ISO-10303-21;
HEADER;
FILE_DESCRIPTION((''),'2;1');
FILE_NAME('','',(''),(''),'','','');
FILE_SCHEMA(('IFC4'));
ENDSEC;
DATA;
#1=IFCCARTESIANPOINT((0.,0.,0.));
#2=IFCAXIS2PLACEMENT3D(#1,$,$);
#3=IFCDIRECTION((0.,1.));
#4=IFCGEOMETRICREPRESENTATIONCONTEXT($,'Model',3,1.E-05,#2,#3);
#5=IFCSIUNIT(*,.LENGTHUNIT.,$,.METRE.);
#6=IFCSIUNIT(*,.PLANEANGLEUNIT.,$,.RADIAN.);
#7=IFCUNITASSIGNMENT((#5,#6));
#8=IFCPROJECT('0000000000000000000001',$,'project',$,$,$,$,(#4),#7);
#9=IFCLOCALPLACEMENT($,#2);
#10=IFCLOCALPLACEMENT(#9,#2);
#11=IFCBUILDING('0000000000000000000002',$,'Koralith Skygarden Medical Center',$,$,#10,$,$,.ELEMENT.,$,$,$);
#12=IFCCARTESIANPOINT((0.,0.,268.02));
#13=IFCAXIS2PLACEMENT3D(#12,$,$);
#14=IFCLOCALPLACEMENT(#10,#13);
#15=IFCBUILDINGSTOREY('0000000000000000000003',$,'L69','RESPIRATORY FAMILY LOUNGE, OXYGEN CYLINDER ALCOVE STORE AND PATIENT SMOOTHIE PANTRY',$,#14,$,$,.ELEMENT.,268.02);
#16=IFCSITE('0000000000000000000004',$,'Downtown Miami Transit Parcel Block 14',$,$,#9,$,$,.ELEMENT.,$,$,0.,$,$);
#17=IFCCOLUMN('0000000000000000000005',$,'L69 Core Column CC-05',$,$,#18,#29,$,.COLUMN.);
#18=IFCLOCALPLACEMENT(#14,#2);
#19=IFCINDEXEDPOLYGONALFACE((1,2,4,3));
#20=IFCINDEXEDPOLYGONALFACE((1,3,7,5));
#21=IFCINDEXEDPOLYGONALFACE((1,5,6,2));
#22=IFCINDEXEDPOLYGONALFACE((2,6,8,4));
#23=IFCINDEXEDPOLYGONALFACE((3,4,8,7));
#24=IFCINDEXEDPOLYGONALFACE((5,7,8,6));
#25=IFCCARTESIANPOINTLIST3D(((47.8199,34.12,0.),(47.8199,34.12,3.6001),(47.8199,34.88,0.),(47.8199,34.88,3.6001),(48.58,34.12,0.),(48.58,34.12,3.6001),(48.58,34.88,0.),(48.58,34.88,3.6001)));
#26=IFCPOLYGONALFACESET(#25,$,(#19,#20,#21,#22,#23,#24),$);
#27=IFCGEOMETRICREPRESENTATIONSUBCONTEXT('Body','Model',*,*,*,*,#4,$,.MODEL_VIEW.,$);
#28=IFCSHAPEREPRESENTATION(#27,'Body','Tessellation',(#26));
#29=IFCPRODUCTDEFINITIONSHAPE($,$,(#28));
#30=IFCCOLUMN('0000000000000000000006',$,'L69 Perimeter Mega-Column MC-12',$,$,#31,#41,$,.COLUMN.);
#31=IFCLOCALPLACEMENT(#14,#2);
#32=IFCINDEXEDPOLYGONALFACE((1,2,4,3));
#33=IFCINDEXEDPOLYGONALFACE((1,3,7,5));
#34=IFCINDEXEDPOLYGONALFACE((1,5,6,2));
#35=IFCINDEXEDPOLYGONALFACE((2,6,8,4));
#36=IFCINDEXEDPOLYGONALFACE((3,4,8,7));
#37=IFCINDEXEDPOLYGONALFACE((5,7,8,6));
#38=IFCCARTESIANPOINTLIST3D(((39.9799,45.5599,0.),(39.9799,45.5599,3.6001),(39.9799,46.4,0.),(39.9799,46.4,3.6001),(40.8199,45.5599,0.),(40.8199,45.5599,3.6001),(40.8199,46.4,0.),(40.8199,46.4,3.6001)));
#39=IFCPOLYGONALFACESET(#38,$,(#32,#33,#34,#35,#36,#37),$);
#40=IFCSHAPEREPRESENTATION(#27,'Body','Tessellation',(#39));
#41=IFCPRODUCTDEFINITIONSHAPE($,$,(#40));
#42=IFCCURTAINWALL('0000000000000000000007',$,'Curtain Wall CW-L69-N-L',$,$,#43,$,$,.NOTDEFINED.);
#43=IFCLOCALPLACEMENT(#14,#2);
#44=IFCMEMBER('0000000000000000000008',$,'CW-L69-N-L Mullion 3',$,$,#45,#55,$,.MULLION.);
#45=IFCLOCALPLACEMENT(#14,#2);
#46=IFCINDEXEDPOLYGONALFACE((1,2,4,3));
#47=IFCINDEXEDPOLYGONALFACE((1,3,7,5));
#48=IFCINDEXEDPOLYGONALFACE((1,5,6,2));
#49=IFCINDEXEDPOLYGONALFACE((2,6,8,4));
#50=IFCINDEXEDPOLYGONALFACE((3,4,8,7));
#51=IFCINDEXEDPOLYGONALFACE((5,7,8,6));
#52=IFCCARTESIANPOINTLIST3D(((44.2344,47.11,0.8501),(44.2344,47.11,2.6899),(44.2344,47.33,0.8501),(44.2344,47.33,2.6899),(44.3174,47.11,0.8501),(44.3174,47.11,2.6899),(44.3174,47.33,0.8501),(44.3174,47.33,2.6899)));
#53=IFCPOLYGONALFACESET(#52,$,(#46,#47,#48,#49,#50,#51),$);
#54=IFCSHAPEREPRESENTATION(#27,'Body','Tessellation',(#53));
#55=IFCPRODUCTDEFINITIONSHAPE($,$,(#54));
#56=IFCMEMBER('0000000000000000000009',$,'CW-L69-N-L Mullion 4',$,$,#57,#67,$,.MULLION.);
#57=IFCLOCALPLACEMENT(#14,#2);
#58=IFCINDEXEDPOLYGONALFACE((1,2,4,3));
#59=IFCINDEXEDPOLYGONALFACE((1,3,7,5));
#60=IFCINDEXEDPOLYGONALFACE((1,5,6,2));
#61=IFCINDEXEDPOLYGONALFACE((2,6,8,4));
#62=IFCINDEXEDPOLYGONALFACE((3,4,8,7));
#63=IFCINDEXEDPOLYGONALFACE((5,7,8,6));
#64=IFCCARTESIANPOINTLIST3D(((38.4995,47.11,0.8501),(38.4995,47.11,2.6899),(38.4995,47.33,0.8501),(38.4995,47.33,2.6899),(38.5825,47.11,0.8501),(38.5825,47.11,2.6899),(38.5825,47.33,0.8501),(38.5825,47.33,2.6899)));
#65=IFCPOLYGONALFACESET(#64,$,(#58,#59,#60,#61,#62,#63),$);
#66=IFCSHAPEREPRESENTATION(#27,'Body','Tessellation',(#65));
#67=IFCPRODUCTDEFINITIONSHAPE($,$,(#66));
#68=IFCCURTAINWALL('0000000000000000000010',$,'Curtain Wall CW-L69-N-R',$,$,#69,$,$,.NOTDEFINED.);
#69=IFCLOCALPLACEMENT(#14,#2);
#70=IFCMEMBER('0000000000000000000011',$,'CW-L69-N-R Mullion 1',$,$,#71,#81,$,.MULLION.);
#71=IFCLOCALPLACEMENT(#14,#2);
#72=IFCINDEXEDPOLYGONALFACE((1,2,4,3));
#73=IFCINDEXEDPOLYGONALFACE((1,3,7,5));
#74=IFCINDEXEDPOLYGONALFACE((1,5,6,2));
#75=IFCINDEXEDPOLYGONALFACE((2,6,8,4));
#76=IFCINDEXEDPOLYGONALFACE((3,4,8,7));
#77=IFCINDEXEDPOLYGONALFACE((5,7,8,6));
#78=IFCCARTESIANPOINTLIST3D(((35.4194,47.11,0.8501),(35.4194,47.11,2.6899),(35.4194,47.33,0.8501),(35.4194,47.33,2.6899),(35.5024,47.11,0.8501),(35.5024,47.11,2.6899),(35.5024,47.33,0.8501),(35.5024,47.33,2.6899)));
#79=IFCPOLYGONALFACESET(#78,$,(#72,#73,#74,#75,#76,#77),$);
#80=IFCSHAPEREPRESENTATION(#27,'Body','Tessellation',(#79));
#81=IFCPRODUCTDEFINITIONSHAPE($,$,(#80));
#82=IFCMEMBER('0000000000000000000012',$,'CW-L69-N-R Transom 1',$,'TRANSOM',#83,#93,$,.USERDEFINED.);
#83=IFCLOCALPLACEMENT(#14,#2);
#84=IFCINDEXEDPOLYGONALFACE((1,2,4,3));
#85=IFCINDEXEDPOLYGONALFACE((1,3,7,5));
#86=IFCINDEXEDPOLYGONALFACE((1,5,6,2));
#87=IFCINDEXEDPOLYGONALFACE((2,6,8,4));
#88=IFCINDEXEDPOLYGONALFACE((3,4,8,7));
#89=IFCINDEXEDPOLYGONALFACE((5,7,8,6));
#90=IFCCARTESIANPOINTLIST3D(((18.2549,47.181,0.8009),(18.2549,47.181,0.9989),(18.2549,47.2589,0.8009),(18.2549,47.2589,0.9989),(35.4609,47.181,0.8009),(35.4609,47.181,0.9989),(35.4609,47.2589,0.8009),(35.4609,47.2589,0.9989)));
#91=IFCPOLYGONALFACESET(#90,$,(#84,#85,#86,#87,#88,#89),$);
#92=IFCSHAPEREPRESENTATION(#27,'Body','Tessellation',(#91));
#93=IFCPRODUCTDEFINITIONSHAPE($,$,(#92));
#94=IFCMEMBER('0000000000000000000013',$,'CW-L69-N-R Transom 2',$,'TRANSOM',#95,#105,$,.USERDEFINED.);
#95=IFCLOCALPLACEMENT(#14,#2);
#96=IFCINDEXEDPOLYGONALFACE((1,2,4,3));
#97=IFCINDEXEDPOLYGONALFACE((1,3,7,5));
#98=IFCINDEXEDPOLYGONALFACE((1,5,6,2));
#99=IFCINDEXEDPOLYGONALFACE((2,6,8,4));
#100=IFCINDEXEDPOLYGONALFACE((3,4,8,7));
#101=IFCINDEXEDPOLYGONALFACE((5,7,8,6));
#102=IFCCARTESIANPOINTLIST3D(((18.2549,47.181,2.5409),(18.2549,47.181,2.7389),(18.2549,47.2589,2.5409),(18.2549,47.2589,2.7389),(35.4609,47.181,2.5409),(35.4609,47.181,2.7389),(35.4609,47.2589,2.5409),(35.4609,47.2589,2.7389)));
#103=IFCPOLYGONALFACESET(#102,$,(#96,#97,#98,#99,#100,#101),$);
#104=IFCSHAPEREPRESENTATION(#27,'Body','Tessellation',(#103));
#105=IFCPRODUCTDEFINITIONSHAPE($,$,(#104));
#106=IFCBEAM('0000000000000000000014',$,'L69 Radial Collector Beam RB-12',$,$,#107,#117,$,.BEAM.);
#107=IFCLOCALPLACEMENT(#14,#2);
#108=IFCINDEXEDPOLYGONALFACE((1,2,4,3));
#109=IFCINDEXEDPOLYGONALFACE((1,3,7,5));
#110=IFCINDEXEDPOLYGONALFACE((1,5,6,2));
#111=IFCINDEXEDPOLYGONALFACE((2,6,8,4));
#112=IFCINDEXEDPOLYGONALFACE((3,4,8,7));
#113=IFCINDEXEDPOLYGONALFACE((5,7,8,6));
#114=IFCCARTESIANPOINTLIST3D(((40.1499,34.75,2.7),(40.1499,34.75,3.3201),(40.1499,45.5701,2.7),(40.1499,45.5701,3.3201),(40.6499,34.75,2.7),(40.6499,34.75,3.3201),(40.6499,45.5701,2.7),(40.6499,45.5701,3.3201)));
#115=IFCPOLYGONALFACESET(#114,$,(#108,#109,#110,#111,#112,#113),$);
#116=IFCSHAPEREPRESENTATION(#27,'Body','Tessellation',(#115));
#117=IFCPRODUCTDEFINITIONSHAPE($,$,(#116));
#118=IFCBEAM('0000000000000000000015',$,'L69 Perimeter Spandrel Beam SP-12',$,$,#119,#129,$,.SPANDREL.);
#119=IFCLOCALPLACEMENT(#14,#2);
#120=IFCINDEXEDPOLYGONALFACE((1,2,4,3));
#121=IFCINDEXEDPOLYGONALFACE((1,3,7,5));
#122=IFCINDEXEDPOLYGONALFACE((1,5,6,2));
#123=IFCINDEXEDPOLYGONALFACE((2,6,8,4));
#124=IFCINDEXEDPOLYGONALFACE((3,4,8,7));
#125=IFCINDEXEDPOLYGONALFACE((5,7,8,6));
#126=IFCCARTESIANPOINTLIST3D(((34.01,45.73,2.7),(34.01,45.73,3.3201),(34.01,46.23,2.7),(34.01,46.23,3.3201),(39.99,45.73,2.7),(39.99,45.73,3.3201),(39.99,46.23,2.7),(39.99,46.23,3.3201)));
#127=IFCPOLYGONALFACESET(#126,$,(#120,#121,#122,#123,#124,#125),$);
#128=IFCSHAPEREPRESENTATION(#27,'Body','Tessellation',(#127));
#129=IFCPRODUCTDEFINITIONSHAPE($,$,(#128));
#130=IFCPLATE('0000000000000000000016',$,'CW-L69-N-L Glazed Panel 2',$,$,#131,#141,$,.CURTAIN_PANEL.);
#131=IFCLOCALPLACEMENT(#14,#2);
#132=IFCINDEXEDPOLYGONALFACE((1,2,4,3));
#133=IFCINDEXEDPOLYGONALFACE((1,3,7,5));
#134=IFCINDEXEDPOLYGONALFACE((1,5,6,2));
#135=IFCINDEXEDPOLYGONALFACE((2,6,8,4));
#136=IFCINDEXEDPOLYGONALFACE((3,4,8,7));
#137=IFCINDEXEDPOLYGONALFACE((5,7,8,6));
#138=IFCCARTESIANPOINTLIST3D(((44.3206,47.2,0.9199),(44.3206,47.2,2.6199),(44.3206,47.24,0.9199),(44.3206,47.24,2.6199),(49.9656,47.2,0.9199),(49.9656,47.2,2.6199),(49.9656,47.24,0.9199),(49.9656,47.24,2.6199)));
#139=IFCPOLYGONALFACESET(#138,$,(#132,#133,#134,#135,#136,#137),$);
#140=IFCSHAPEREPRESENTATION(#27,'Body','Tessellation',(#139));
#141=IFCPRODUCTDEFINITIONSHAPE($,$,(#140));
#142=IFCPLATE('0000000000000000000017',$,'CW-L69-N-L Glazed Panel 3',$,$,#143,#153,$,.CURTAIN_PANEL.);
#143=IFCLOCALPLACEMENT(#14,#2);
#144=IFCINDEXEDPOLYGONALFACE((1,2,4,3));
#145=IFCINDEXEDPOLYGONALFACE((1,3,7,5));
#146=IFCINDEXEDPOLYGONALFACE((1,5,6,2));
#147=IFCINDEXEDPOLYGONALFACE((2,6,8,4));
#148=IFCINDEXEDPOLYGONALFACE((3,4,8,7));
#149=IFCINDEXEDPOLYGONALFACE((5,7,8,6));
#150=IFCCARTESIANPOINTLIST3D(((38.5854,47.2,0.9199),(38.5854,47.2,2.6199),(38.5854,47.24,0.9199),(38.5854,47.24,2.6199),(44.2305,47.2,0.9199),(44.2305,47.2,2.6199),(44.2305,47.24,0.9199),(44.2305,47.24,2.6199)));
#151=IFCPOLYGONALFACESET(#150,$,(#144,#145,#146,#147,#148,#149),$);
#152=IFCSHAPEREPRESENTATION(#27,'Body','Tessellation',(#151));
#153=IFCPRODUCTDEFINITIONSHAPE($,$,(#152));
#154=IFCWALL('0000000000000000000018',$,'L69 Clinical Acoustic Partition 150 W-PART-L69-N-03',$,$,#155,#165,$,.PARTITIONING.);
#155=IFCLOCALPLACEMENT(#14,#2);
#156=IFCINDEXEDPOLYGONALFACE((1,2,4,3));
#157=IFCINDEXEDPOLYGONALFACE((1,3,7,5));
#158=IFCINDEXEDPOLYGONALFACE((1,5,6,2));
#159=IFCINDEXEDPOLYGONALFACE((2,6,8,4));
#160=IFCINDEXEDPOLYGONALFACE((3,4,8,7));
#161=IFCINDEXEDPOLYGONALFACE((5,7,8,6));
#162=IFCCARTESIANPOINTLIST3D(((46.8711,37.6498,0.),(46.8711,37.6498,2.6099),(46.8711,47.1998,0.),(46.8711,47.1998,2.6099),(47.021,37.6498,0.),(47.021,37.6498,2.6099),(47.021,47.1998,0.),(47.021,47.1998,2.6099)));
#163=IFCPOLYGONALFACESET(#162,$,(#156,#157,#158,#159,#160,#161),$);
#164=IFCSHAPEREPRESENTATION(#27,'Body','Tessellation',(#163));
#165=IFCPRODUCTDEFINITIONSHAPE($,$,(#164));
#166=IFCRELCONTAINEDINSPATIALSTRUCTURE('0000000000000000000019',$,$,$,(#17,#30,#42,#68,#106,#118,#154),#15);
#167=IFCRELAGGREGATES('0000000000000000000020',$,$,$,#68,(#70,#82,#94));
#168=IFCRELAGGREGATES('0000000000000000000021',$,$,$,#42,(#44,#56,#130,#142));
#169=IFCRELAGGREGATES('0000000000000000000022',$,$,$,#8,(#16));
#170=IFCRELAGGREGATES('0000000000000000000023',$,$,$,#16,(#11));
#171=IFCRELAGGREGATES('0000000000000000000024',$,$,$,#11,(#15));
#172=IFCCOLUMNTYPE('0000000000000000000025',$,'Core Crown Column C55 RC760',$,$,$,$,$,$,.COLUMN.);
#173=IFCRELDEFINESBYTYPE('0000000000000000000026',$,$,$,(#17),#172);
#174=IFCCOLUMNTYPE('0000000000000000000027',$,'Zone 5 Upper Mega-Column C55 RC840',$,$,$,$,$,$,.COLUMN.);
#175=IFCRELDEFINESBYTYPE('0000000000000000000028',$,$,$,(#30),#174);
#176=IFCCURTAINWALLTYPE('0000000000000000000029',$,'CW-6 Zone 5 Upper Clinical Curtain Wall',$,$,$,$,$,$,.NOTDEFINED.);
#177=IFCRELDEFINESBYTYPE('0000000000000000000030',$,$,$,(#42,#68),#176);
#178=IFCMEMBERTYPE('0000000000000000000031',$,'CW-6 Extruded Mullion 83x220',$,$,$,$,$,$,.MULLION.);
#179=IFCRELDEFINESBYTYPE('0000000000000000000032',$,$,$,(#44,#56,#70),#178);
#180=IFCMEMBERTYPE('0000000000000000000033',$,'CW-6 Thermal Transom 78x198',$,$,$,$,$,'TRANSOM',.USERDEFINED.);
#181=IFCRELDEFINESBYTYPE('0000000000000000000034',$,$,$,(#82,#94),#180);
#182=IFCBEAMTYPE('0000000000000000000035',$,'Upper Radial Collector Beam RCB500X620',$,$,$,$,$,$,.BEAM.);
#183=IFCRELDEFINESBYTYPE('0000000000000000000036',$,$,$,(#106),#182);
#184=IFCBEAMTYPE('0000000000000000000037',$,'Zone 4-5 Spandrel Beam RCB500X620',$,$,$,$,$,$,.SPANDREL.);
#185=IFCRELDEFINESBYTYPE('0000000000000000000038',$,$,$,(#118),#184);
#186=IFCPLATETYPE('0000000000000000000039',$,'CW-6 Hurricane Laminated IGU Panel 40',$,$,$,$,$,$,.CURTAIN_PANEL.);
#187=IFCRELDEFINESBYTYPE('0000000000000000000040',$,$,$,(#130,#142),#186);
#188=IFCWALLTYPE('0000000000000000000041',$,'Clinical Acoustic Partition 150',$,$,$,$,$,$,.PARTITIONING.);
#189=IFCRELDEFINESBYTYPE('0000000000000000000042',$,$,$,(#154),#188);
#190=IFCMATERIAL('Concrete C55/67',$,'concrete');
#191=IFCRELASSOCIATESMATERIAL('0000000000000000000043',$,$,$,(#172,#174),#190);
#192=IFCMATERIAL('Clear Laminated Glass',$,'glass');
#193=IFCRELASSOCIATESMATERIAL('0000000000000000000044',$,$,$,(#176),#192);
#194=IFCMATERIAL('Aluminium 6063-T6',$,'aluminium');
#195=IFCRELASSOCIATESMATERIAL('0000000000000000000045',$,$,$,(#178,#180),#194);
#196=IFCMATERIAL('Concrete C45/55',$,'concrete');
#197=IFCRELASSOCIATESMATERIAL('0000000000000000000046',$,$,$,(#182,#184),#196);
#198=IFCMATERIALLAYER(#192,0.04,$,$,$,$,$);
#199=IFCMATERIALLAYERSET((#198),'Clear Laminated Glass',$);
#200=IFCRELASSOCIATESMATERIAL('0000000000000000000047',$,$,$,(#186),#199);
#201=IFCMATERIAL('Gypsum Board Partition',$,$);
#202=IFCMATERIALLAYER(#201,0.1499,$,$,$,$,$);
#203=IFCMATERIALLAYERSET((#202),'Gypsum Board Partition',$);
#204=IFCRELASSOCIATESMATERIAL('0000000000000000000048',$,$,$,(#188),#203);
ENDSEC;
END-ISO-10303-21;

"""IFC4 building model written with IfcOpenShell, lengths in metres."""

from ifc_helpers import new_model, si_unit, direction, frame, frame_2d, origin, origin_2d, place, context, subcontext, project, spatial, rectangle, extrude, material, layer, layer_set, material_profile, profile_set, type_object, element, aggregate, save


model = new_model("IFC4")

# Units and contexts
model_context = context("Model", 3, precision=1e-05, world=origin(), true_north=direction((0.0, 1.0)))
body_context = subcontext(model_context, "Body", "Model", "MODEL_VIEW")
ifc_project = project(units=[si_unit("LENGTHUNIT", "METRE"), si_unit("PLANEANGLEUNIT", "RADIAN")], contexts=[model_context])

# Site, building, storey
site_placement = place(None, origin())
site = spatial("IfcSite", under=ifc_project, at=site_placement, Name="Downtown Miami Transit Parcel Block 14", CompositionType="ELEMENT", RefElevation=0.0)
building_placement = place(site_placement, origin())
building = spatial("IfcBuilding", under=site, at=building_placement, Name="Koralith Skygarden Medical Center", CompositionType="ELEMENT")
storey_placement = place(building_placement, frame((0.0, 0.0, 268.02)))
storey = spatial("IfcBuildingStorey", under=building, at=storey_placement, Name="L69", Description="RESPIRATORY FAMILY LOUNGE, OXYGEN CYLINDER ALCOVE STORE AND PATIENT SMOOTHIE PANTRY", CompositionType="ELEMENT", Elevation=268.02)

# Columns
ifc_material_1 = material(Name="Concrete C55/67", Category="concrete")
ifc_material_profile_1 = material_profile(ifc_material_1, rectangle(XDim=0.76, YDim=0.76, at=origin_2d()), Name="RC760X760")
ifc_profile_set_1 = profile_set([ifc_material_profile_1], Name="Concrete C55/67")
column_type_1 = type_object("IfcColumnType", Name="Core Crown Column C55 RC760", PredefinedType="COLUMN", material=ifc_profile_set_1)
column_1_placement = place(storey_placement, frame((48.2, 34.5, 0.0), z_axis=(0.0, 0.0, 1.0), x_axis=(1.0, 0.0, 0.0)))
element("IfcColumn", 1, at=column_1_placement, inside=storey, type_object=column_type_1, Name="L69 Core Column CC-05", PredefinedType="COLUMN", context=body_context, shape_type="SweptSolid", body=[
    extrude(rectangle(XDim=0.76, YDim=0.76, at=origin_2d()), origin(), (0.0, 0.0, 1.0), 3.6001),
])
ifc_material_profile_2 = material_profile(ifc_material_1, rectangle(XDim=0.8401, YDim=0.8401, at=origin_2d()), Name="RC840X840")
ifc_profile_set_2 = profile_set([ifc_material_profile_2], Name="Concrete C55/67")
column_type_2 = type_object("IfcColumnType", Name="Zone 5 Upper Mega-Column C55 RC840", PredefinedType="COLUMN", material=ifc_profile_set_2)
column_2_placement = place(storey_placement, frame((40.3999, 45.98, 0.0), z_axis=(0.0, 0.0, 1.0), x_axis=(1.0, 0.0, 0.0)))
element("IfcColumn", 2, at=column_2_placement, inside=storey, type_object=column_type_2, Name="L69 Perimeter Mega-Column MC-12", PredefinedType="COLUMN", context=body_context, shape_type="SweptSolid", body=[
    extrude(rectangle(XDim=0.8401, YDim=0.8401, at=origin_2d()), origin(), (0.0, 0.0, 1.0), 3.6001),
])

# Curtain walls, members
ifc_material_2 = material(Name="Clear Laminated Glass", Category="glass")
curtain_wall_type = type_object("IfcCurtainWallType", Name="CW-6 Zone 5 Upper Clinical Curtain Wall", PredefinedType="NOTDEFINED", material=ifc_material_2)
curtain_wall_1_placement = place(storey_placement, origin())
curtain_wall_1 = element("IfcCurtainWall", 3, at=curtain_wall_1_placement, inside=storey, type_object=curtain_wall_type, Name="Curtain Wall CW-L69-N-L", PredefinedType="NOTDEFINED")
ifc_material_3 = material(Name="Aluminium 6063-T6", Category="aluminium")
ifc_material_profile_3 = material_profile(ifc_material_3, rectangle(XDim=0.083, YDim=0.22, at=origin_2d()), Name="MUL83X220")
ifc_profile_set_3 = profile_set([ifc_material_profile_3], Name="Aluminium 6063-T6")
member_type_1 = type_object("IfcMemberType", Name="CW-6 Extruded Mullion 83x220", PredefinedType="MULLION", material=ifc_profile_set_3)
member_1_placement = place(storey_placement, frame((44.2759, 47.22, 0.8501), z_axis=(0.0, 0.0, 1.0), x_axis=(1.0, 0.0, 0.0)))
member_1 = element("IfcMember", 4, at=member_1_placement, type_object=member_type_1, Name="CW-L69-N-L Mullion 3", PredefinedType="MULLION", context=body_context, shape_type="SweptSolid", body=[
    extrude(rectangle(XDim=0.083, YDim=0.22, at=origin_2d()), origin(), (0.0, 0.0, 1.0), 1.8398),
])
member_2_placement = place(storey_placement, frame((38.541, 47.22, 0.8501), z_axis=(0.0, 0.0, 1.0), x_axis=(1.0, 0.0, 0.0)))
member_2 = element("IfcMember", 5, at=member_2_placement, type_object=member_type_1, Name="CW-L69-N-L Mullion 4", PredefinedType="MULLION", context=body_context, shape_type="SweptSolid", body=[
    extrude(rectangle(XDim=0.083, YDim=0.22, at=origin_2d()), origin(), (0.0, 0.0, 1.0), 1.8398),
])
curtain_wall_2_placement = place(storey_placement, origin())
curtain_wall_2 = element("IfcCurtainWall", 6, at=curtain_wall_2_placement, inside=storey, type_object=curtain_wall_type, Name="Curtain Wall CW-L69-N-R", PredefinedType="NOTDEFINED")
member_3_placement = place(storey_placement, frame((35.4609, 47.22, 0.8501), z_axis=(0.0, 0.0, 1.0), x_axis=(1.0, 0.0, 0.0)))
member_3 = element("IfcMember", 7, at=member_3_placement, type_object=member_type_1, Name="CW-L69-N-R Mullion 1", PredefinedType="MULLION", context=body_context, shape_type="SweptSolid", body=[
    extrude(rectangle(XDim=0.083, YDim=0.22, at=origin_2d()), origin(), (0.0, 0.0, 1.0), 1.8398),
])
ifc_material_profile_4 = material_profile(ifc_material_3, rectangle(XDim=0.0779, YDim=0.198, at=origin_2d()), Name="TRN78X198")
ifc_profile_set_4 = profile_set([ifc_material_profile_4], Name="Aluminium 6063-T6")
member_type_2 = type_object("IfcMemberType", Name="CW-6 Thermal Transom 78x198", ElementType="TRANSOM", PredefinedType="USERDEFINED", material=ifc_profile_set_4)
member_4_placement = place(storey_placement, frame((35.4609, 47.22, 0.8999), z_axis=(-1.0, 0.0, 0.0), x_axis=(0.0, -1.0, 0.0)))
member_4 = element("IfcMember", 8, at=member_4_placement, type_object=member_type_2, Name="CW-L69-N-R Transom 1", ObjectType="TRANSOM", PredefinedType="USERDEFINED", context=body_context, shape_type="SweptSolid", body=[
    extrude(rectangle(XDim=0.0779, YDim=0.198, at=origin_2d()), origin(), (0.0, 0.0, 1.0), 17.2061),
])
member_5_placement = place(storey_placement, frame((35.4609, 47.22, 2.6399), z_axis=(-1.0, 0.0, 0.0), x_axis=(0.0, -1.0, 0.0)))
member_5 = element("IfcMember", 9, at=member_5_placement, type_object=member_type_2, Name="CW-L69-N-R Transom 2", ObjectType="TRANSOM", PredefinedType="USERDEFINED", context=body_context, shape_type="SweptSolid", body=[
    extrude(rectangle(XDim=0.0779, YDim=0.198, at=origin_2d()), origin(), (0.0, 0.0, 1.0), 17.2061),
])
aggregate(curtain_wall_2, [member_3, member_4, member_5])

# Beams
ifc_material_4 = material(Name="Concrete C45/55", Category="concrete")
ifc_material_profile_5 = material_profile(ifc_material_4, rectangle(XDim=0.5, YDim=0.6201, at=origin_2d()), Name="RCB500X620")
ifc_profile_set_5 = profile_set([ifc_material_profile_5], Name="Concrete C45/55")
beam_type_1 = type_object("IfcBeamType", Name="Upper Radial Collector Beam RCB500X620", PredefinedType="BEAM", material=ifc_profile_set_5)
beam_1_placement = place(storey_placement, frame((40.3999, 34.75, 3.01), z_axis=(0.0, 1.0, 0.0), x_axis=(-1.0, 0.0, 0.0)))
element("IfcBeam", 10, at=beam_1_placement, inside=storey, type_object=beam_type_1, Name="L69 Radial Collector Beam RB-12", PredefinedType="BEAM", context=body_context, shape_type="SweptSolid", body=[
    extrude(rectangle(XDim=0.5, YDim=0.6201, at=origin_2d()), origin(), (0.0, 0.0, 1.0), 10.8201),
])
ifc_material_profile_6 = material_profile(ifc_material_4, rectangle(XDim=0.5, YDim=0.6201, at=origin_2d()), Name="RCB500X620")
ifc_profile_set_6 = profile_set([ifc_material_profile_6], Name="Concrete C45/55")
beam_type_2 = type_object("IfcBeamType", Name="Zone 4-5 Spandrel Beam RCB500X620", PredefinedType="SPANDREL", material=ifc_profile_set_6)
beam_2_placement = place(storey_placement, frame((39.99, 45.98, 3.01), z_axis=(-1.0, 0.0, 0.0), x_axis=(0.0, -1.0, 0.0)))
element("IfcBeam", 11, at=beam_2_placement, inside=storey, type_object=beam_type_2, Name="L69 Perimeter Spandrel Beam SP-12", PredefinedType="SPANDREL", context=body_context, shape_type="SweptSolid", body=[
    extrude(rectangle(XDim=0.5, YDim=0.6201, at=origin_2d()), origin(), (0.0, 0.0, 1.0), 5.98),
])

# Plates
ifc_layer_1 = layer(ifc_material_2, 0.04)
ifc_layer_set_1 = layer_set([ifc_layer_1], Name="Clear Laminated Glass")
plate_type = type_object("IfcPlateType", Name="CW-6 Hurricane Laminated IGU Panel 40", PredefinedType="CURTAIN_PANEL", material=ifc_layer_set_1)
plate_1_placement = place(storey_placement, frame((47.1431, 47.22, 0.9199), z_axis=(0.0, 0.0, 1.0), x_axis=(-1.0, 0.0, 0.0)))
plate_1 = element("IfcPlate", 12, at=plate_1_placement, type_object=plate_type, Name="CW-L69-N-L Glazed Panel 2", PredefinedType="CURTAIN_PANEL", context=body_context, shape_type="SweptSolid", body=[
    extrude(rectangle(XDim=5.645, YDim=0.04, at=origin_2d()), origin(), (0.0, 0.0, 1.0), 1.7),
])
plate_2_placement = place(storey_placement, frame((41.408, 47.22, 0.9199), z_axis=(0.0, 0.0, 1.0), x_axis=(-1.0, 0.0, 0.0)))
plate_2 = element("IfcPlate", 13, at=plate_2_placement, type_object=plate_type, Name="CW-L69-N-L Glazed Panel 3", PredefinedType="CURTAIN_PANEL", context=body_context, shape_type="SweptSolid", body=[
    extrude(rectangle(XDim=5.645, YDim=0.04, at=origin_2d()), origin(), (0.0, 0.0, 1.0), 1.7),
])
aggregate(curtain_wall_1, [member_1, member_2, plate_1, plate_2])

# Wall
ifc_material_5 = material(Name="Gypsum Board Partition")
ifc_layer_2 = layer(ifc_material_5, 0.1499)
ifc_layer_set_2 = layer_set([ifc_layer_2], Name="Gypsum Board Partition")
wall_type_1 = type_object("IfcWallType", Name="Clinical Acoustic Partition 150", PredefinedType="PARTITIONING", material=ifc_layer_set_2)
wall_1_placement = place(storey_placement, frame((46.946, 37.6499, 0.0), z_axis=(0.0, 0.0, 1.0), x_axis=(0.0, 1.0, 0.0)))
element("IfcWall", 14, at=wall_1_placement, inside=storey, type_object=wall_type_1, Name="L69 Clinical Acoustic Partition 150 W-PART-L69-N-03", PredefinedType="PARTITIONING", context=body_context, shape_type="SweptSolid", body=[
    extrude(rectangle(XDim=9.55, YDim=0.1499, at=frame_2d((4.7749, 0.0))), origin(), (0.0, 0.0, 1.0), 2.6099),
])

save(model, "model.ifc")
